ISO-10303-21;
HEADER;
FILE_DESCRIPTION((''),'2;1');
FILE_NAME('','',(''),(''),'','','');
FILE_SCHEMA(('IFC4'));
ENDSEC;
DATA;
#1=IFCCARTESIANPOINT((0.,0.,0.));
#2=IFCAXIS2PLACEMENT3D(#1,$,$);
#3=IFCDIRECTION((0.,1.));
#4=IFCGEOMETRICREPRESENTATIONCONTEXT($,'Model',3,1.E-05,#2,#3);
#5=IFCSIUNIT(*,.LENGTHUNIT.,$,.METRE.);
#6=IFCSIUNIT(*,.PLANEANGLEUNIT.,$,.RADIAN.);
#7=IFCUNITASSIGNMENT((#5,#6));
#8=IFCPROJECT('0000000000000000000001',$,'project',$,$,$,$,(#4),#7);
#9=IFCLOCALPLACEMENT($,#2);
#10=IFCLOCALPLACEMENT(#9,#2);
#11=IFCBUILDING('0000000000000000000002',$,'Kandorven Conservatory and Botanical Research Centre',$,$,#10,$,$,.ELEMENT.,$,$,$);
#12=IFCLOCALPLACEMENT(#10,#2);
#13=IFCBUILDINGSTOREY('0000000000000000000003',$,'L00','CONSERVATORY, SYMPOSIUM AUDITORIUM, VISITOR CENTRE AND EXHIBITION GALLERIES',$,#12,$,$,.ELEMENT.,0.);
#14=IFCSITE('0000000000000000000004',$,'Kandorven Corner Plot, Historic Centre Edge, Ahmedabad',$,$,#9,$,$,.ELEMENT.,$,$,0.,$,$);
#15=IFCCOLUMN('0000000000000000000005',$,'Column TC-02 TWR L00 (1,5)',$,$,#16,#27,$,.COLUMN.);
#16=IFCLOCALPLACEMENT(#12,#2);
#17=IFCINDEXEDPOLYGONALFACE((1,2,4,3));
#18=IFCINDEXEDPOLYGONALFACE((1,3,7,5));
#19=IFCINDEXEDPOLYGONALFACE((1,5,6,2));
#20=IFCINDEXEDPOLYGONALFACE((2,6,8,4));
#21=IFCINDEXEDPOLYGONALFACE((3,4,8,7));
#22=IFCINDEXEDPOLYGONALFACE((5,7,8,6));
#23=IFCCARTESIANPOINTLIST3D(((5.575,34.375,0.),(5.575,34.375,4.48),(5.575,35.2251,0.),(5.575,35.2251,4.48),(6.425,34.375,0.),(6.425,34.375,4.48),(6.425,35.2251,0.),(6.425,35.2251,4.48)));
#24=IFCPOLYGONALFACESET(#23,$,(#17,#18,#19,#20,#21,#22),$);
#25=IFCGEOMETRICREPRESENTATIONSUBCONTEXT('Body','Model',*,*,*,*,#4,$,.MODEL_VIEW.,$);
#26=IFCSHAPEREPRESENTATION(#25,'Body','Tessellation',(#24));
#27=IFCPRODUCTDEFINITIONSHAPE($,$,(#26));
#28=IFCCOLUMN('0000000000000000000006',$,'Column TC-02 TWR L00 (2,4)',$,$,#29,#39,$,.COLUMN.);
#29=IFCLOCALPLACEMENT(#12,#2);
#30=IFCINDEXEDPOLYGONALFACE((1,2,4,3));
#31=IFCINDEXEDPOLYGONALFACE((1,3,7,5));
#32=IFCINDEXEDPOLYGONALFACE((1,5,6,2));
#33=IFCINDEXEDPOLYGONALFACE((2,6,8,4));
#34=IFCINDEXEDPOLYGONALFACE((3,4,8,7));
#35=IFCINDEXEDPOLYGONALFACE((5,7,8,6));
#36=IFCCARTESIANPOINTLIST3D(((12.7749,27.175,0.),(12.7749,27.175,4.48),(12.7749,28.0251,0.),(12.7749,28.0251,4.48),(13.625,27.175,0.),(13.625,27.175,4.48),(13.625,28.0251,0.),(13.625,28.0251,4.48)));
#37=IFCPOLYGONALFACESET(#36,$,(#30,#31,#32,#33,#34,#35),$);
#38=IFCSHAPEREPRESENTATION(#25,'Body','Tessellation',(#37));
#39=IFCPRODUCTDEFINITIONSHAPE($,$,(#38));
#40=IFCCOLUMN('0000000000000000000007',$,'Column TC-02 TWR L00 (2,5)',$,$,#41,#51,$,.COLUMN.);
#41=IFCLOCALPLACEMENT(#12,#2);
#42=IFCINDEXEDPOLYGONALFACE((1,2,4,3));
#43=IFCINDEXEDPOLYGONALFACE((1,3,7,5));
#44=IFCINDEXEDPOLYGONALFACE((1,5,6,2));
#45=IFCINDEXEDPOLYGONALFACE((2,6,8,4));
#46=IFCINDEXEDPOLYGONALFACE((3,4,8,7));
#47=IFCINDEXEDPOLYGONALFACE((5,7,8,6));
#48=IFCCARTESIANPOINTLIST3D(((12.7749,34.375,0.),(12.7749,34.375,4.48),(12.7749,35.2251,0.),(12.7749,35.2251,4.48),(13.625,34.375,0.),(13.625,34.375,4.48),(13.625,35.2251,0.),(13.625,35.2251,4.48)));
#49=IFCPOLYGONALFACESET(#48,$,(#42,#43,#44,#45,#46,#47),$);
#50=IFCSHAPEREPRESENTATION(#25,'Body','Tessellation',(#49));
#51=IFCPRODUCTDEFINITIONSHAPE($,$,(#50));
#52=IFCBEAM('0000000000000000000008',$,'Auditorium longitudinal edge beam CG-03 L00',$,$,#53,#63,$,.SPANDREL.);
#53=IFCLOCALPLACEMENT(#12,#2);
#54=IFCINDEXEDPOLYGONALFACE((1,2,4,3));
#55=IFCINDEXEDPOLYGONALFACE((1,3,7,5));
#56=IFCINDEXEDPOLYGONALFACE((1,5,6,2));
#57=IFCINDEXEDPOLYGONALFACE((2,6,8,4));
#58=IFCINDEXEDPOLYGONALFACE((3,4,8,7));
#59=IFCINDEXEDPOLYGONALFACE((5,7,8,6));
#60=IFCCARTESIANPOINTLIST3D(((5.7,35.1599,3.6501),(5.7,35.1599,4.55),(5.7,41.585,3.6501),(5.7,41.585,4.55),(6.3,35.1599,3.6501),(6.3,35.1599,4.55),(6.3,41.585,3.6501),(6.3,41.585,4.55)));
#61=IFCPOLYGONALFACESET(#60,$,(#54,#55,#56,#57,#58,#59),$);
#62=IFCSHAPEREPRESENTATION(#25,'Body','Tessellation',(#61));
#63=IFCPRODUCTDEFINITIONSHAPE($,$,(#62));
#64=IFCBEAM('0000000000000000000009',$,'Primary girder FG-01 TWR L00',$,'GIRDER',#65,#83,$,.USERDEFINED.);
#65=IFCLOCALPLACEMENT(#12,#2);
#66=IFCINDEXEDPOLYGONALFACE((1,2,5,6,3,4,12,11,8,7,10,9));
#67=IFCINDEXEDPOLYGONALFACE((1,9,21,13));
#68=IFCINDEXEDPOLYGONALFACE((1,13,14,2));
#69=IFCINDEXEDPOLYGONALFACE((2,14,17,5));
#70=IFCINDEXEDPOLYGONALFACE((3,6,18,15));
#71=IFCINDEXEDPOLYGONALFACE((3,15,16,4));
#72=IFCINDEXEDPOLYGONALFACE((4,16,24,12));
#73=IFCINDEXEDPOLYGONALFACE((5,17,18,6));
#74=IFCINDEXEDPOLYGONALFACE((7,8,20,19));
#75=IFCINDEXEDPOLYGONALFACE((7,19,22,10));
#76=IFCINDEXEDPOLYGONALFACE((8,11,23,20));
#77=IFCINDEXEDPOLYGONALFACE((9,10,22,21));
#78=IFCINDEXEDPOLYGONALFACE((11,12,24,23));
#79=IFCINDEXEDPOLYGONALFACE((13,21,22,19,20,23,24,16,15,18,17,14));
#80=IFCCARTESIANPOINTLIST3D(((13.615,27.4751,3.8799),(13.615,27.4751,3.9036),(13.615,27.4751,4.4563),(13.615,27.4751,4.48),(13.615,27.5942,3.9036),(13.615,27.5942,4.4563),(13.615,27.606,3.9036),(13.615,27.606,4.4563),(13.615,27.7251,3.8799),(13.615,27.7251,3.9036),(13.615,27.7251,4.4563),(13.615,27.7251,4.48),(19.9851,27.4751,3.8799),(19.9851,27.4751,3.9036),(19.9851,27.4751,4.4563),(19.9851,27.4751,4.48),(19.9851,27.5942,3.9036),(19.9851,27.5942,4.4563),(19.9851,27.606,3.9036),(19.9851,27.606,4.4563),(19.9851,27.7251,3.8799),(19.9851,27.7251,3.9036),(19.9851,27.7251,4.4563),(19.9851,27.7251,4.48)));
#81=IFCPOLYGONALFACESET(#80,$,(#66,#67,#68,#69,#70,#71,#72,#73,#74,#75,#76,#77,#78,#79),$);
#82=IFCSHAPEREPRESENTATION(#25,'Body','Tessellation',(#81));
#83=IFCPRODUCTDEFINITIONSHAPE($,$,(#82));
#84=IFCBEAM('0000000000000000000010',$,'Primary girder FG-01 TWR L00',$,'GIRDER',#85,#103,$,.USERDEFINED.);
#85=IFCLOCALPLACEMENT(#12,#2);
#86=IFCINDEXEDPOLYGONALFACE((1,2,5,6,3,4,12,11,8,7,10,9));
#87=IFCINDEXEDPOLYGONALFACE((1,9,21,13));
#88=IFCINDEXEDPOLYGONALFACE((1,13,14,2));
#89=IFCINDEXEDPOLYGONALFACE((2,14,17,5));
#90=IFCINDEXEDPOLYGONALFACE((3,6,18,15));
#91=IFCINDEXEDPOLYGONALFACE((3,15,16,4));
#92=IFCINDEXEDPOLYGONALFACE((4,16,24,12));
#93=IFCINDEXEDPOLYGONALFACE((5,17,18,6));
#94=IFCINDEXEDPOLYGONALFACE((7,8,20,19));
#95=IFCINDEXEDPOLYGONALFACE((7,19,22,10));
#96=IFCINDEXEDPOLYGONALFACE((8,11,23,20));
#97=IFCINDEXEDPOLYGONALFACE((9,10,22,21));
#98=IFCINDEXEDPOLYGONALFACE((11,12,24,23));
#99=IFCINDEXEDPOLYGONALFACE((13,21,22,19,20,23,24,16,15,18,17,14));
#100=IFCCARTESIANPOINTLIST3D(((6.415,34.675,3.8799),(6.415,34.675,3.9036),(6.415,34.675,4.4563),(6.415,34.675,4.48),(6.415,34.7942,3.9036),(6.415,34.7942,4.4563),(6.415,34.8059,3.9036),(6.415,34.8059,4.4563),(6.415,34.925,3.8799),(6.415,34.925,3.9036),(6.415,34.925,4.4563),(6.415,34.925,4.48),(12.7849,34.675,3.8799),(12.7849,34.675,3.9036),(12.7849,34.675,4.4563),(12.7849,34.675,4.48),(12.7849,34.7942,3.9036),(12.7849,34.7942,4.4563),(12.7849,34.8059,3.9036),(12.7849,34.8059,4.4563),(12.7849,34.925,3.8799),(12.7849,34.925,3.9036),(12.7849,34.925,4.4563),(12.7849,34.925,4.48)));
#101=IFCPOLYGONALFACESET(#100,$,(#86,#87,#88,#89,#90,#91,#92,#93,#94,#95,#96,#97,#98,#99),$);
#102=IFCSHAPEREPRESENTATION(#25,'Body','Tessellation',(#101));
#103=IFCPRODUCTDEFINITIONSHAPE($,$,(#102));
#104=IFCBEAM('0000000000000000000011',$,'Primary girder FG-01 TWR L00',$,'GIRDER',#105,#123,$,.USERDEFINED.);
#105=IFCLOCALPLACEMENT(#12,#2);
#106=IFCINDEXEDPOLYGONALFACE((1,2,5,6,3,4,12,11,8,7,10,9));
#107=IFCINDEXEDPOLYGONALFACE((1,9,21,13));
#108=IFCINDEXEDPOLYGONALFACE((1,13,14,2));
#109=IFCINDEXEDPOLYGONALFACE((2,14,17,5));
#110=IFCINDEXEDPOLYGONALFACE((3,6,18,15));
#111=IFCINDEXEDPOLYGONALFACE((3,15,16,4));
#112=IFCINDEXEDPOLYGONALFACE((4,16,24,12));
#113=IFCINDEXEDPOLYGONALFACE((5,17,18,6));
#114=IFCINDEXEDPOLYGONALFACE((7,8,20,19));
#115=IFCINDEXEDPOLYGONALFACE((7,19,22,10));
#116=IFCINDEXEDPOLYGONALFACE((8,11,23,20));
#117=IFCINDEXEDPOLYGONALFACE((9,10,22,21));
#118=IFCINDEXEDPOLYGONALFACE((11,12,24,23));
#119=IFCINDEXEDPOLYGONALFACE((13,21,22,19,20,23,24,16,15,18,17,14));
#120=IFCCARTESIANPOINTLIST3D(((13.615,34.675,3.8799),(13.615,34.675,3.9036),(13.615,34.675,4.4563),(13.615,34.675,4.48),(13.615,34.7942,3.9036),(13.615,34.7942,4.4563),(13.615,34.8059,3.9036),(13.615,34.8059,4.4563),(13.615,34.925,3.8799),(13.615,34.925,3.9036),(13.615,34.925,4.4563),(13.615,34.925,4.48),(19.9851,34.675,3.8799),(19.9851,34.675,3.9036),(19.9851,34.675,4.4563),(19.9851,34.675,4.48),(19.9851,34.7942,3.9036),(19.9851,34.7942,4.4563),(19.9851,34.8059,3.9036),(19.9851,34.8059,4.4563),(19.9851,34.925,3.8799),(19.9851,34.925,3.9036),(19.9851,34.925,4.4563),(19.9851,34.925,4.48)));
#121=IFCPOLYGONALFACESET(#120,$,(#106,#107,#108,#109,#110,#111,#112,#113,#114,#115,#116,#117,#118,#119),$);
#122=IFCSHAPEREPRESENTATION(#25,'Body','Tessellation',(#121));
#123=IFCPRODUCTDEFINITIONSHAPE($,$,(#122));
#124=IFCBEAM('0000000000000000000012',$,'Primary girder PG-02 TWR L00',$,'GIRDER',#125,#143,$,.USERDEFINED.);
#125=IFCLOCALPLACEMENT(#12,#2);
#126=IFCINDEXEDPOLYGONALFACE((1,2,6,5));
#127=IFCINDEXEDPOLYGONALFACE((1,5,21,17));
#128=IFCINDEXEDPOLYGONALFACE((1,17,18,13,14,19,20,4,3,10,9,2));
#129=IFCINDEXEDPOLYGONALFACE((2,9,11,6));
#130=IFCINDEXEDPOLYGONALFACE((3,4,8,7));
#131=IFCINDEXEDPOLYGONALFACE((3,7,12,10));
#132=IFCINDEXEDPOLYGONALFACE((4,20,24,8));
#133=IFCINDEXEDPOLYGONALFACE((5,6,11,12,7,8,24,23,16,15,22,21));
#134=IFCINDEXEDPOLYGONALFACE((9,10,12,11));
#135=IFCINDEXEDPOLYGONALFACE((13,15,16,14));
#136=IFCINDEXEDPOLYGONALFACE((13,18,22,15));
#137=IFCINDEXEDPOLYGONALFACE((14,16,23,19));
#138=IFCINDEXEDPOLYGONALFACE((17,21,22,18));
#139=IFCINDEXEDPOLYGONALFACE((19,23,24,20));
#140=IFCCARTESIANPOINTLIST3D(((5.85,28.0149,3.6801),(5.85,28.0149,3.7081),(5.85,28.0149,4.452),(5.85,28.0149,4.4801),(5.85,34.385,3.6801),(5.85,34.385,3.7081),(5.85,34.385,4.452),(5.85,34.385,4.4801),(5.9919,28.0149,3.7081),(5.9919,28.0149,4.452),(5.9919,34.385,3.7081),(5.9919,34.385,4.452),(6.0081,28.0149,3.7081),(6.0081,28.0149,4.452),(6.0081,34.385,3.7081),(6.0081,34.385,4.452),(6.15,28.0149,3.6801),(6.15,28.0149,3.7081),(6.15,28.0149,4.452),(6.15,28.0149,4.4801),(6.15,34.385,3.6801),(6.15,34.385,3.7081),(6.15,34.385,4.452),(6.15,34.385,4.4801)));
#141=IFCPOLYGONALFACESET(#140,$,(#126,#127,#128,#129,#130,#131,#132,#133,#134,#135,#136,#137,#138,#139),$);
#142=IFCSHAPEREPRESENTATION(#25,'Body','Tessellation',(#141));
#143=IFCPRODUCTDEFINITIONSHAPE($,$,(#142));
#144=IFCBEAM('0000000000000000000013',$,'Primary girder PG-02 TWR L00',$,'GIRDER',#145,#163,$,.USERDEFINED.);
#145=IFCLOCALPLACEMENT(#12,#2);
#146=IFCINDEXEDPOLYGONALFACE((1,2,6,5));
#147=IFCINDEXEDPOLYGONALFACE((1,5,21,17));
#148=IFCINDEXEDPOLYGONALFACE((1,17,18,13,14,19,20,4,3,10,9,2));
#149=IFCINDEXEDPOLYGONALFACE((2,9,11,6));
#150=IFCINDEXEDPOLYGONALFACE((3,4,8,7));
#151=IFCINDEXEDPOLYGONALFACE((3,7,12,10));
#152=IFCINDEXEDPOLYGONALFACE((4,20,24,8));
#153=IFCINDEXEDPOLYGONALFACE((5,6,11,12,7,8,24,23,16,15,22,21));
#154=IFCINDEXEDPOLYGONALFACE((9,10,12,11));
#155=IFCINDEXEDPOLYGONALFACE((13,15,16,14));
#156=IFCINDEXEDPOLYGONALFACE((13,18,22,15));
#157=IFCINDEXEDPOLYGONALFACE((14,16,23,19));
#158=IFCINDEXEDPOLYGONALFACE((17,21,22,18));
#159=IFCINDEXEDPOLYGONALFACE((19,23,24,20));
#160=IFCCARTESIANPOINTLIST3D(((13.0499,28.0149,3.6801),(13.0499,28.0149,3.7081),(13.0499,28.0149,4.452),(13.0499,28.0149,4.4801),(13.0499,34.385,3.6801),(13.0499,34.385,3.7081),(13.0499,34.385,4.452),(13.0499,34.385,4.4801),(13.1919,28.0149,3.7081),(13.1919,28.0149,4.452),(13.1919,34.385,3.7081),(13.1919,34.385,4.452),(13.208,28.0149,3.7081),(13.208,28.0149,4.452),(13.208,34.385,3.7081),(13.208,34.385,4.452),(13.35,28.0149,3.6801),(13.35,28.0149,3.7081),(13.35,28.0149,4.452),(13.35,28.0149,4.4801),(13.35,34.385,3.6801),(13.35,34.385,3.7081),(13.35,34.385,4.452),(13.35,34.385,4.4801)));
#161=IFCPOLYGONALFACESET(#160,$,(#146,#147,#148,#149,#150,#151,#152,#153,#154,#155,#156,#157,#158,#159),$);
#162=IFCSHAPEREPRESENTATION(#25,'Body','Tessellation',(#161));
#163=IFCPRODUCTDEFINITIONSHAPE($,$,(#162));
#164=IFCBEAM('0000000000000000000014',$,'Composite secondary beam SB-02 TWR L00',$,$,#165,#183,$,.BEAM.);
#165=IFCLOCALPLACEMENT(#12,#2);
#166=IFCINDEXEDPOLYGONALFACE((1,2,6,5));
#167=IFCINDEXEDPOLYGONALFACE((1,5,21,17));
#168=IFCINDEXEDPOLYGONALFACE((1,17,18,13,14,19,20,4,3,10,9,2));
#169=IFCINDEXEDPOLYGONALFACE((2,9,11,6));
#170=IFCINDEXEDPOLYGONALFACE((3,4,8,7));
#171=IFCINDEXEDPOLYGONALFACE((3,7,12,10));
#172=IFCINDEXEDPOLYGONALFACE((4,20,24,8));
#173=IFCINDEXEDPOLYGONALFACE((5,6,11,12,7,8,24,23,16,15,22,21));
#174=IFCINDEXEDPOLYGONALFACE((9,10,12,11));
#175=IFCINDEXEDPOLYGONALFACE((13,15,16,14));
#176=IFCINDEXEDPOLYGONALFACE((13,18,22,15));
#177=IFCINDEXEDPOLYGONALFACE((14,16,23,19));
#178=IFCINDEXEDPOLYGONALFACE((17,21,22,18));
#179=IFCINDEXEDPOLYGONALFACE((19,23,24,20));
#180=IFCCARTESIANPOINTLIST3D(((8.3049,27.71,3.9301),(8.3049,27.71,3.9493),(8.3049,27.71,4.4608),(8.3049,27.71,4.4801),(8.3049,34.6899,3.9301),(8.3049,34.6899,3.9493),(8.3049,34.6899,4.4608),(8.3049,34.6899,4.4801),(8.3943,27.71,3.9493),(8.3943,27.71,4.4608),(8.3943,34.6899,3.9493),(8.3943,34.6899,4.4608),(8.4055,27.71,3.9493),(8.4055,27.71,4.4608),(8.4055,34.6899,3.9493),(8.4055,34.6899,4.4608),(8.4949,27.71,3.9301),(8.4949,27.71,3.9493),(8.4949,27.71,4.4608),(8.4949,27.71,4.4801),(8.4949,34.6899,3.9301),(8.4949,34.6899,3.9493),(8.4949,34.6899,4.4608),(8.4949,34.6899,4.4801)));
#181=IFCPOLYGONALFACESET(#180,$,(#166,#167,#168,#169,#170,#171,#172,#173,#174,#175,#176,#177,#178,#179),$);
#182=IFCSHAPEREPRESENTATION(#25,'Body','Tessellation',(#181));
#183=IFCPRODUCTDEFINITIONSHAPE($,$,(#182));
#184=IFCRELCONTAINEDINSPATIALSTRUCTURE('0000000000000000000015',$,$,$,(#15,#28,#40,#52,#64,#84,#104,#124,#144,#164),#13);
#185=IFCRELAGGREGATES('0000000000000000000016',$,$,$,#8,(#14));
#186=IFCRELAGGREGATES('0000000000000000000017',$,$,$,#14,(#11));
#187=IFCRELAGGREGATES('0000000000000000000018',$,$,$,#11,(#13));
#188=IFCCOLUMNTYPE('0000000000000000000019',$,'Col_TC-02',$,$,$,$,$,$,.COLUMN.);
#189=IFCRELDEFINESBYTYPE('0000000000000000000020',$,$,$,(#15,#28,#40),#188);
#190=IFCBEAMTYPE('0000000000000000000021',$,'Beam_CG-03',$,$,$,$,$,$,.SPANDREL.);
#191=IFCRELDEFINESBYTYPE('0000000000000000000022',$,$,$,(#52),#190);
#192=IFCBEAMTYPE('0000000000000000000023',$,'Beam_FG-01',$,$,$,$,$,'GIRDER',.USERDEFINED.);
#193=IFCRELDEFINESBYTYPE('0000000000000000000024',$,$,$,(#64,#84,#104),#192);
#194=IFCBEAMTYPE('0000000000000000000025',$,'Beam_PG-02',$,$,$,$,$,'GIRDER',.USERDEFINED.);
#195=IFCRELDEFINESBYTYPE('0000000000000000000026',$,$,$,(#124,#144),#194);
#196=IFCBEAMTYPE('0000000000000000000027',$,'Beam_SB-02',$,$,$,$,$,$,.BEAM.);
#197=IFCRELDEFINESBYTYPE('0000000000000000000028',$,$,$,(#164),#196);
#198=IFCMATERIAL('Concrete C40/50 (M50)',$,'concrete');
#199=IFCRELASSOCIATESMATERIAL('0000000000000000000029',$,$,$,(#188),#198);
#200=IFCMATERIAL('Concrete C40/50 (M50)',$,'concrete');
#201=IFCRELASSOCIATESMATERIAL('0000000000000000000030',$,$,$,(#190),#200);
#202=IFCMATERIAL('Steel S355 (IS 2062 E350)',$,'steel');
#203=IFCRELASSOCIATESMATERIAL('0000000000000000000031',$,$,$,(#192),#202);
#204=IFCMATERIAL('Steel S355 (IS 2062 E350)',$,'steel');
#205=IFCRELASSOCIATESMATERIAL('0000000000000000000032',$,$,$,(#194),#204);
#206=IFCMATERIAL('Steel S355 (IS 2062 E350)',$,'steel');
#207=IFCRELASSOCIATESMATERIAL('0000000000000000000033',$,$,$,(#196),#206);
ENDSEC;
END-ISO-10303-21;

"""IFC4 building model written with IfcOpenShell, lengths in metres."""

from ifc_helpers import new_model, si_unit, direction, frame, origin, origin_2d, place, context, subcontext, project, spatial, rectangle, i_section, extrude, material, material_profile, profile_set, type_object, element, save


model = new_model("IFC4")

# Units and contexts
model_context = context("Model", 3, precision=1e-05, world=origin(), true_north=direction((0.0, 1.0)))
body_context = subcontext(model_context, "Body", "Model", "MODEL_VIEW")
ifc_project = project(units=[si_unit("LENGTHUNIT", "METRE"), si_unit("PLANEANGLEUNIT", "RADIAN")], contexts=[model_context])

# Site, building, storey
site_placement = place(None, origin())
site = spatial("IfcSite", under=ifc_project, at=site_placement, Name="Kandorven Corner Plot, Historic Centre Edge, Ahmedabad", CompositionType="ELEMENT", RefElevation=0.0)
building_placement = place(site_placement, origin())
building = spatial("IfcBuilding", under=site, at=building_placement, Name="Kandorven Conservatory and Botanical Research Centre", CompositionType="ELEMENT")
storey_placement = place(building_placement, origin())
storey = spatial("IfcBuildingStorey", under=building, at=storey_placement, Name="L00", Description="CONSERVATORY, SYMPOSIUM AUDITORIUM, VISITOR CENTRE AND EXHIBITION GALLERIES", CompositionType="ELEMENT", Elevation=0.0)

# Columns
ifc_material_1 = material(Name="Concrete C40/50 (M50)", Category="concrete")
ifc_material_profile_1 = material_profile(ifc_material_1, rectangle(XDim=0.8501, YDim=0.8501, at=origin_2d()))
ifc_profile_set_1 = profile_set([ifc_material_profile_1], Name="Concrete C40/50 (M50)")
column_type = type_object("IfcColumnType", Name="Col_TC-02", PredefinedType="COLUMN", material=ifc_profile_set_1)
for number, where, z_axis, x_axis, name in (
    (1, (6.0, 34.8, 0.0), (0.0, 0.0, 1.0), (1.0, 0.0, 0.0), "Column TC-02 TWR L00 (1,5)"),
    (2, (13.2, 27.6001, 0.0), (0.0, 0.0, 1.0), (1.0, 0.0, 0.0), "Column TC-02 TWR L00 (2,4)"),
    (3, (13.2, 34.8, 0.0), (0.0, 0.0, 1.0), (1.0, 0.0, 0.0), "Column TC-02 TWR L00 (2,5)"),
):
    element("IfcColumn", number, at=place(storey_placement, frame(where, z_axis=z_axis, x_axis=x_axis)), inside=storey, type_object=column_type, Name=name, PredefinedType="COLUMN", context=body_context, shape_type="SweptSolid", body=[
        extrude(rectangle(XDim=0.8501, YDim=0.8501, at=origin_2d()), origin(), (0.0, 0.0, 1.0), 4.48),
    ])

# Beams
ifc_material_2 = material(Name="Concrete C40/50 (M50)", Category="concrete")
ifc_material_profile_2 = material_profile(ifc_material_2, rectangle(XDim=0.6001, YDim=0.8999, at=origin_2d()))
ifc_profile_set_2 = profile_set([ifc_material_profile_2], Name="Concrete C40/50 (M50)")
beam_type_1 = type_object("IfcBeamType", Name="Beam_CG-03", PredefinedType="SPANDREL", material=ifc_profile_set_2)
beam_1_placement = place(storey_placement, frame((6.0, 35.1599, 4.1001), z_axis=(0.0, 1.0, 0.0), x_axis=(-1.0, 0.0, 0.0)))
element("IfcBeam", 4, at=beam_1_placement, inside=storey, type_object=beam_type_1, Name="Auditorium longitudinal edge beam CG-03 L00", PredefinedType="SPANDREL", context=body_context, shape_type="SweptSolid", body=[
    extrude(rectangle(XDim=0.6001, YDim=0.8999, at=origin_2d()), origin(), (0.0, 0.0, 1.0), 6.425),
])
ifc_material_3 = material(Name="Steel S355 (IS 2062 E350)", Category="steel")
ifc_material_profile_3 = material_profile(ifc_material_3, i_section(OverallWidth=0.25, OverallDepth=0.6001, WebThickness=0.0117, FlangeThickness=0.0237, at=origin_2d()))
ifc_profile_set_3 = profile_set([ifc_material_profile_3], Name="Steel S355 (IS 2062 E350)")
beam_type_2 = type_object("IfcBeamType", Name="Beam_FG-01", ElementType="GIRDER", PredefinedType="USERDEFINED", material=ifc_profile_set_3)
beam_2_placement = place(storey_placement, frame((13.615, 27.6001, 4.1799), z_axis=(1.0, 0.0, 0.0), x_axis=(0.0, 1.0, 0.0)))
element("IfcBeam", 5, at=beam_2_placement, inside=storey, type_object=beam_type_2, Name="Primary girder FG-01 TWR L00", ObjectType="GIRDER", PredefinedType="USERDEFINED", context=body_context, shape_type="SweptSolid", body=[
    extrude(i_section(OverallWidth=0.25, OverallDepth=0.6001, WebThickness=0.0117, FlangeThickness=0.0237, at=origin_2d()), origin(), (0.0, 0.0, 1.0), 6.3701),
])
beam_3_placement = place(storey_placement, frame((6.415, 34.8, 4.1799), z_axis=(1.0, 0.0, 0.0), x_axis=(0.0, 1.0, 0.0)))
element("IfcBeam", 6, at=beam_3_placement, inside=storey, type_object=beam_type_2, Name="Primary girder FG-01 TWR L00", ObjectType="GIRDER", PredefinedType="USERDEFINED", context=body_context, shape_type="SweptSolid", body=[
    extrude(i_section(OverallWidth=0.25, OverallDepth=0.6001, WebThickness=0.0117, FlangeThickness=0.0237, at=origin_2d()), origin(), (0.0, 0.0, 1.0), 6.3699),
])
beam_4_placement = place(storey_placement, frame((13.615, 34.8, 4.1799), z_axis=(1.0, 0.0, 0.0), x_axis=(0.0, 1.0, 0.0)))
element("IfcBeam", 7, at=beam_4_placement, inside=storey, type_object=beam_type_2, Name="Primary girder FG-01 TWR L00", ObjectType="GIRDER", PredefinedType="USERDEFINED", context=body_context, shape_type="SweptSolid", body=[
    extrude(i_section(OverallWidth=0.25, OverallDepth=0.6001, WebThickness=0.0117, FlangeThickness=0.0237, at=origin_2d()), origin(), (0.0, 0.0, 1.0), 6.3701),
])
ifc_material_4 = material(Name="Steel S355 (IS 2062 E350)", Category="steel")
ifc_material_profile_4 = material_profile(ifc_material_4, i_section(OverallWidth=0.3, OverallDepth=0.8, WebThickness=0.0161, FlangeThickness=0.0281, at=origin_2d()))
ifc_profile_set_4 = profile_set([ifc_material_profile_4], Name="Steel S355 (IS 2062 E350)")
beam_type_3 = type_object("IfcBeamType", Name="Beam_PG-02", ElementType="GIRDER", PredefinedType="USERDEFINED", material=ifc_profile_set_4)
for number, where, z_axis, x_axis, name in (
    (8, (6.0, 28.0149, 4.0801), (0.0, 1.0, 0.0), (-1.0, 0.0, 0.0), "Primary girder PG-02 TWR L00"),
    (9, (13.2, 28.0149, 4.0801), (0.0, 1.0, 0.0), (-1.0, 0.0, 0.0), "Primary girder PG-02 TWR L00"),
):
    element("IfcBeam", number, at=place(storey_placement, frame(where, z_axis=z_axis, x_axis=x_axis)), inside=storey, type_object=beam_type_3, Name=name, ObjectType="GIRDER", PredefinedType="USERDEFINED", context=body_context, shape_type="SweptSolid", body=[
        extrude(i_section(OverallWidth=0.3, OverallDepth=0.8, WebThickness=0.0161, FlangeThickness=0.0281, at=origin_2d()), origin(), (0.0, 0.0, 1.0), 6.3701),
    ])
ifc_material_5 = material(Name="Steel S355 (IS 2062 E350)", Category="steel")
ifc_material_profile_5 = material_profile(ifc_material_5, i_section(OverallWidth=0.1899, OverallDepth=0.55, WebThickness=0.0112, FlangeThickness=0.0193, at=origin_2d()))
ifc_profile_set_5 = profile_set([ifc_material_profile_5], Name="Steel S355 (IS 2062 E350)")
beam_type_4 = type_object("IfcBeamType", Name="Beam_SB-02", PredefinedType="BEAM", material=ifc_profile_set_5)
for number, where, z_axis, x_axis, name in (
    (10, (8.3999, 27.71, 4.2051), (0.0, 1.0, 0.0), (-1.0, 0.0, 0.0), "Composite secondary beam SB-02 TWR L00"),
):
    element("IfcBeam", number, at=place(storey_placement, frame(where, z_axis=z_axis, x_axis=x_axis)), inside=storey, type_object=beam_type_4, Name=name, PredefinedType="BEAM", context=body_context, shape_type="SweptSolid", body=[
        extrude(i_section(OverallWidth=0.1899, OverallDepth=0.55, WebThickness=0.0112, FlangeThickness=0.0193, at=origin_2d()), origin(), (0.0, 0.0, 1.0), 6.98),
    ])

save(model, "model.ifc")
